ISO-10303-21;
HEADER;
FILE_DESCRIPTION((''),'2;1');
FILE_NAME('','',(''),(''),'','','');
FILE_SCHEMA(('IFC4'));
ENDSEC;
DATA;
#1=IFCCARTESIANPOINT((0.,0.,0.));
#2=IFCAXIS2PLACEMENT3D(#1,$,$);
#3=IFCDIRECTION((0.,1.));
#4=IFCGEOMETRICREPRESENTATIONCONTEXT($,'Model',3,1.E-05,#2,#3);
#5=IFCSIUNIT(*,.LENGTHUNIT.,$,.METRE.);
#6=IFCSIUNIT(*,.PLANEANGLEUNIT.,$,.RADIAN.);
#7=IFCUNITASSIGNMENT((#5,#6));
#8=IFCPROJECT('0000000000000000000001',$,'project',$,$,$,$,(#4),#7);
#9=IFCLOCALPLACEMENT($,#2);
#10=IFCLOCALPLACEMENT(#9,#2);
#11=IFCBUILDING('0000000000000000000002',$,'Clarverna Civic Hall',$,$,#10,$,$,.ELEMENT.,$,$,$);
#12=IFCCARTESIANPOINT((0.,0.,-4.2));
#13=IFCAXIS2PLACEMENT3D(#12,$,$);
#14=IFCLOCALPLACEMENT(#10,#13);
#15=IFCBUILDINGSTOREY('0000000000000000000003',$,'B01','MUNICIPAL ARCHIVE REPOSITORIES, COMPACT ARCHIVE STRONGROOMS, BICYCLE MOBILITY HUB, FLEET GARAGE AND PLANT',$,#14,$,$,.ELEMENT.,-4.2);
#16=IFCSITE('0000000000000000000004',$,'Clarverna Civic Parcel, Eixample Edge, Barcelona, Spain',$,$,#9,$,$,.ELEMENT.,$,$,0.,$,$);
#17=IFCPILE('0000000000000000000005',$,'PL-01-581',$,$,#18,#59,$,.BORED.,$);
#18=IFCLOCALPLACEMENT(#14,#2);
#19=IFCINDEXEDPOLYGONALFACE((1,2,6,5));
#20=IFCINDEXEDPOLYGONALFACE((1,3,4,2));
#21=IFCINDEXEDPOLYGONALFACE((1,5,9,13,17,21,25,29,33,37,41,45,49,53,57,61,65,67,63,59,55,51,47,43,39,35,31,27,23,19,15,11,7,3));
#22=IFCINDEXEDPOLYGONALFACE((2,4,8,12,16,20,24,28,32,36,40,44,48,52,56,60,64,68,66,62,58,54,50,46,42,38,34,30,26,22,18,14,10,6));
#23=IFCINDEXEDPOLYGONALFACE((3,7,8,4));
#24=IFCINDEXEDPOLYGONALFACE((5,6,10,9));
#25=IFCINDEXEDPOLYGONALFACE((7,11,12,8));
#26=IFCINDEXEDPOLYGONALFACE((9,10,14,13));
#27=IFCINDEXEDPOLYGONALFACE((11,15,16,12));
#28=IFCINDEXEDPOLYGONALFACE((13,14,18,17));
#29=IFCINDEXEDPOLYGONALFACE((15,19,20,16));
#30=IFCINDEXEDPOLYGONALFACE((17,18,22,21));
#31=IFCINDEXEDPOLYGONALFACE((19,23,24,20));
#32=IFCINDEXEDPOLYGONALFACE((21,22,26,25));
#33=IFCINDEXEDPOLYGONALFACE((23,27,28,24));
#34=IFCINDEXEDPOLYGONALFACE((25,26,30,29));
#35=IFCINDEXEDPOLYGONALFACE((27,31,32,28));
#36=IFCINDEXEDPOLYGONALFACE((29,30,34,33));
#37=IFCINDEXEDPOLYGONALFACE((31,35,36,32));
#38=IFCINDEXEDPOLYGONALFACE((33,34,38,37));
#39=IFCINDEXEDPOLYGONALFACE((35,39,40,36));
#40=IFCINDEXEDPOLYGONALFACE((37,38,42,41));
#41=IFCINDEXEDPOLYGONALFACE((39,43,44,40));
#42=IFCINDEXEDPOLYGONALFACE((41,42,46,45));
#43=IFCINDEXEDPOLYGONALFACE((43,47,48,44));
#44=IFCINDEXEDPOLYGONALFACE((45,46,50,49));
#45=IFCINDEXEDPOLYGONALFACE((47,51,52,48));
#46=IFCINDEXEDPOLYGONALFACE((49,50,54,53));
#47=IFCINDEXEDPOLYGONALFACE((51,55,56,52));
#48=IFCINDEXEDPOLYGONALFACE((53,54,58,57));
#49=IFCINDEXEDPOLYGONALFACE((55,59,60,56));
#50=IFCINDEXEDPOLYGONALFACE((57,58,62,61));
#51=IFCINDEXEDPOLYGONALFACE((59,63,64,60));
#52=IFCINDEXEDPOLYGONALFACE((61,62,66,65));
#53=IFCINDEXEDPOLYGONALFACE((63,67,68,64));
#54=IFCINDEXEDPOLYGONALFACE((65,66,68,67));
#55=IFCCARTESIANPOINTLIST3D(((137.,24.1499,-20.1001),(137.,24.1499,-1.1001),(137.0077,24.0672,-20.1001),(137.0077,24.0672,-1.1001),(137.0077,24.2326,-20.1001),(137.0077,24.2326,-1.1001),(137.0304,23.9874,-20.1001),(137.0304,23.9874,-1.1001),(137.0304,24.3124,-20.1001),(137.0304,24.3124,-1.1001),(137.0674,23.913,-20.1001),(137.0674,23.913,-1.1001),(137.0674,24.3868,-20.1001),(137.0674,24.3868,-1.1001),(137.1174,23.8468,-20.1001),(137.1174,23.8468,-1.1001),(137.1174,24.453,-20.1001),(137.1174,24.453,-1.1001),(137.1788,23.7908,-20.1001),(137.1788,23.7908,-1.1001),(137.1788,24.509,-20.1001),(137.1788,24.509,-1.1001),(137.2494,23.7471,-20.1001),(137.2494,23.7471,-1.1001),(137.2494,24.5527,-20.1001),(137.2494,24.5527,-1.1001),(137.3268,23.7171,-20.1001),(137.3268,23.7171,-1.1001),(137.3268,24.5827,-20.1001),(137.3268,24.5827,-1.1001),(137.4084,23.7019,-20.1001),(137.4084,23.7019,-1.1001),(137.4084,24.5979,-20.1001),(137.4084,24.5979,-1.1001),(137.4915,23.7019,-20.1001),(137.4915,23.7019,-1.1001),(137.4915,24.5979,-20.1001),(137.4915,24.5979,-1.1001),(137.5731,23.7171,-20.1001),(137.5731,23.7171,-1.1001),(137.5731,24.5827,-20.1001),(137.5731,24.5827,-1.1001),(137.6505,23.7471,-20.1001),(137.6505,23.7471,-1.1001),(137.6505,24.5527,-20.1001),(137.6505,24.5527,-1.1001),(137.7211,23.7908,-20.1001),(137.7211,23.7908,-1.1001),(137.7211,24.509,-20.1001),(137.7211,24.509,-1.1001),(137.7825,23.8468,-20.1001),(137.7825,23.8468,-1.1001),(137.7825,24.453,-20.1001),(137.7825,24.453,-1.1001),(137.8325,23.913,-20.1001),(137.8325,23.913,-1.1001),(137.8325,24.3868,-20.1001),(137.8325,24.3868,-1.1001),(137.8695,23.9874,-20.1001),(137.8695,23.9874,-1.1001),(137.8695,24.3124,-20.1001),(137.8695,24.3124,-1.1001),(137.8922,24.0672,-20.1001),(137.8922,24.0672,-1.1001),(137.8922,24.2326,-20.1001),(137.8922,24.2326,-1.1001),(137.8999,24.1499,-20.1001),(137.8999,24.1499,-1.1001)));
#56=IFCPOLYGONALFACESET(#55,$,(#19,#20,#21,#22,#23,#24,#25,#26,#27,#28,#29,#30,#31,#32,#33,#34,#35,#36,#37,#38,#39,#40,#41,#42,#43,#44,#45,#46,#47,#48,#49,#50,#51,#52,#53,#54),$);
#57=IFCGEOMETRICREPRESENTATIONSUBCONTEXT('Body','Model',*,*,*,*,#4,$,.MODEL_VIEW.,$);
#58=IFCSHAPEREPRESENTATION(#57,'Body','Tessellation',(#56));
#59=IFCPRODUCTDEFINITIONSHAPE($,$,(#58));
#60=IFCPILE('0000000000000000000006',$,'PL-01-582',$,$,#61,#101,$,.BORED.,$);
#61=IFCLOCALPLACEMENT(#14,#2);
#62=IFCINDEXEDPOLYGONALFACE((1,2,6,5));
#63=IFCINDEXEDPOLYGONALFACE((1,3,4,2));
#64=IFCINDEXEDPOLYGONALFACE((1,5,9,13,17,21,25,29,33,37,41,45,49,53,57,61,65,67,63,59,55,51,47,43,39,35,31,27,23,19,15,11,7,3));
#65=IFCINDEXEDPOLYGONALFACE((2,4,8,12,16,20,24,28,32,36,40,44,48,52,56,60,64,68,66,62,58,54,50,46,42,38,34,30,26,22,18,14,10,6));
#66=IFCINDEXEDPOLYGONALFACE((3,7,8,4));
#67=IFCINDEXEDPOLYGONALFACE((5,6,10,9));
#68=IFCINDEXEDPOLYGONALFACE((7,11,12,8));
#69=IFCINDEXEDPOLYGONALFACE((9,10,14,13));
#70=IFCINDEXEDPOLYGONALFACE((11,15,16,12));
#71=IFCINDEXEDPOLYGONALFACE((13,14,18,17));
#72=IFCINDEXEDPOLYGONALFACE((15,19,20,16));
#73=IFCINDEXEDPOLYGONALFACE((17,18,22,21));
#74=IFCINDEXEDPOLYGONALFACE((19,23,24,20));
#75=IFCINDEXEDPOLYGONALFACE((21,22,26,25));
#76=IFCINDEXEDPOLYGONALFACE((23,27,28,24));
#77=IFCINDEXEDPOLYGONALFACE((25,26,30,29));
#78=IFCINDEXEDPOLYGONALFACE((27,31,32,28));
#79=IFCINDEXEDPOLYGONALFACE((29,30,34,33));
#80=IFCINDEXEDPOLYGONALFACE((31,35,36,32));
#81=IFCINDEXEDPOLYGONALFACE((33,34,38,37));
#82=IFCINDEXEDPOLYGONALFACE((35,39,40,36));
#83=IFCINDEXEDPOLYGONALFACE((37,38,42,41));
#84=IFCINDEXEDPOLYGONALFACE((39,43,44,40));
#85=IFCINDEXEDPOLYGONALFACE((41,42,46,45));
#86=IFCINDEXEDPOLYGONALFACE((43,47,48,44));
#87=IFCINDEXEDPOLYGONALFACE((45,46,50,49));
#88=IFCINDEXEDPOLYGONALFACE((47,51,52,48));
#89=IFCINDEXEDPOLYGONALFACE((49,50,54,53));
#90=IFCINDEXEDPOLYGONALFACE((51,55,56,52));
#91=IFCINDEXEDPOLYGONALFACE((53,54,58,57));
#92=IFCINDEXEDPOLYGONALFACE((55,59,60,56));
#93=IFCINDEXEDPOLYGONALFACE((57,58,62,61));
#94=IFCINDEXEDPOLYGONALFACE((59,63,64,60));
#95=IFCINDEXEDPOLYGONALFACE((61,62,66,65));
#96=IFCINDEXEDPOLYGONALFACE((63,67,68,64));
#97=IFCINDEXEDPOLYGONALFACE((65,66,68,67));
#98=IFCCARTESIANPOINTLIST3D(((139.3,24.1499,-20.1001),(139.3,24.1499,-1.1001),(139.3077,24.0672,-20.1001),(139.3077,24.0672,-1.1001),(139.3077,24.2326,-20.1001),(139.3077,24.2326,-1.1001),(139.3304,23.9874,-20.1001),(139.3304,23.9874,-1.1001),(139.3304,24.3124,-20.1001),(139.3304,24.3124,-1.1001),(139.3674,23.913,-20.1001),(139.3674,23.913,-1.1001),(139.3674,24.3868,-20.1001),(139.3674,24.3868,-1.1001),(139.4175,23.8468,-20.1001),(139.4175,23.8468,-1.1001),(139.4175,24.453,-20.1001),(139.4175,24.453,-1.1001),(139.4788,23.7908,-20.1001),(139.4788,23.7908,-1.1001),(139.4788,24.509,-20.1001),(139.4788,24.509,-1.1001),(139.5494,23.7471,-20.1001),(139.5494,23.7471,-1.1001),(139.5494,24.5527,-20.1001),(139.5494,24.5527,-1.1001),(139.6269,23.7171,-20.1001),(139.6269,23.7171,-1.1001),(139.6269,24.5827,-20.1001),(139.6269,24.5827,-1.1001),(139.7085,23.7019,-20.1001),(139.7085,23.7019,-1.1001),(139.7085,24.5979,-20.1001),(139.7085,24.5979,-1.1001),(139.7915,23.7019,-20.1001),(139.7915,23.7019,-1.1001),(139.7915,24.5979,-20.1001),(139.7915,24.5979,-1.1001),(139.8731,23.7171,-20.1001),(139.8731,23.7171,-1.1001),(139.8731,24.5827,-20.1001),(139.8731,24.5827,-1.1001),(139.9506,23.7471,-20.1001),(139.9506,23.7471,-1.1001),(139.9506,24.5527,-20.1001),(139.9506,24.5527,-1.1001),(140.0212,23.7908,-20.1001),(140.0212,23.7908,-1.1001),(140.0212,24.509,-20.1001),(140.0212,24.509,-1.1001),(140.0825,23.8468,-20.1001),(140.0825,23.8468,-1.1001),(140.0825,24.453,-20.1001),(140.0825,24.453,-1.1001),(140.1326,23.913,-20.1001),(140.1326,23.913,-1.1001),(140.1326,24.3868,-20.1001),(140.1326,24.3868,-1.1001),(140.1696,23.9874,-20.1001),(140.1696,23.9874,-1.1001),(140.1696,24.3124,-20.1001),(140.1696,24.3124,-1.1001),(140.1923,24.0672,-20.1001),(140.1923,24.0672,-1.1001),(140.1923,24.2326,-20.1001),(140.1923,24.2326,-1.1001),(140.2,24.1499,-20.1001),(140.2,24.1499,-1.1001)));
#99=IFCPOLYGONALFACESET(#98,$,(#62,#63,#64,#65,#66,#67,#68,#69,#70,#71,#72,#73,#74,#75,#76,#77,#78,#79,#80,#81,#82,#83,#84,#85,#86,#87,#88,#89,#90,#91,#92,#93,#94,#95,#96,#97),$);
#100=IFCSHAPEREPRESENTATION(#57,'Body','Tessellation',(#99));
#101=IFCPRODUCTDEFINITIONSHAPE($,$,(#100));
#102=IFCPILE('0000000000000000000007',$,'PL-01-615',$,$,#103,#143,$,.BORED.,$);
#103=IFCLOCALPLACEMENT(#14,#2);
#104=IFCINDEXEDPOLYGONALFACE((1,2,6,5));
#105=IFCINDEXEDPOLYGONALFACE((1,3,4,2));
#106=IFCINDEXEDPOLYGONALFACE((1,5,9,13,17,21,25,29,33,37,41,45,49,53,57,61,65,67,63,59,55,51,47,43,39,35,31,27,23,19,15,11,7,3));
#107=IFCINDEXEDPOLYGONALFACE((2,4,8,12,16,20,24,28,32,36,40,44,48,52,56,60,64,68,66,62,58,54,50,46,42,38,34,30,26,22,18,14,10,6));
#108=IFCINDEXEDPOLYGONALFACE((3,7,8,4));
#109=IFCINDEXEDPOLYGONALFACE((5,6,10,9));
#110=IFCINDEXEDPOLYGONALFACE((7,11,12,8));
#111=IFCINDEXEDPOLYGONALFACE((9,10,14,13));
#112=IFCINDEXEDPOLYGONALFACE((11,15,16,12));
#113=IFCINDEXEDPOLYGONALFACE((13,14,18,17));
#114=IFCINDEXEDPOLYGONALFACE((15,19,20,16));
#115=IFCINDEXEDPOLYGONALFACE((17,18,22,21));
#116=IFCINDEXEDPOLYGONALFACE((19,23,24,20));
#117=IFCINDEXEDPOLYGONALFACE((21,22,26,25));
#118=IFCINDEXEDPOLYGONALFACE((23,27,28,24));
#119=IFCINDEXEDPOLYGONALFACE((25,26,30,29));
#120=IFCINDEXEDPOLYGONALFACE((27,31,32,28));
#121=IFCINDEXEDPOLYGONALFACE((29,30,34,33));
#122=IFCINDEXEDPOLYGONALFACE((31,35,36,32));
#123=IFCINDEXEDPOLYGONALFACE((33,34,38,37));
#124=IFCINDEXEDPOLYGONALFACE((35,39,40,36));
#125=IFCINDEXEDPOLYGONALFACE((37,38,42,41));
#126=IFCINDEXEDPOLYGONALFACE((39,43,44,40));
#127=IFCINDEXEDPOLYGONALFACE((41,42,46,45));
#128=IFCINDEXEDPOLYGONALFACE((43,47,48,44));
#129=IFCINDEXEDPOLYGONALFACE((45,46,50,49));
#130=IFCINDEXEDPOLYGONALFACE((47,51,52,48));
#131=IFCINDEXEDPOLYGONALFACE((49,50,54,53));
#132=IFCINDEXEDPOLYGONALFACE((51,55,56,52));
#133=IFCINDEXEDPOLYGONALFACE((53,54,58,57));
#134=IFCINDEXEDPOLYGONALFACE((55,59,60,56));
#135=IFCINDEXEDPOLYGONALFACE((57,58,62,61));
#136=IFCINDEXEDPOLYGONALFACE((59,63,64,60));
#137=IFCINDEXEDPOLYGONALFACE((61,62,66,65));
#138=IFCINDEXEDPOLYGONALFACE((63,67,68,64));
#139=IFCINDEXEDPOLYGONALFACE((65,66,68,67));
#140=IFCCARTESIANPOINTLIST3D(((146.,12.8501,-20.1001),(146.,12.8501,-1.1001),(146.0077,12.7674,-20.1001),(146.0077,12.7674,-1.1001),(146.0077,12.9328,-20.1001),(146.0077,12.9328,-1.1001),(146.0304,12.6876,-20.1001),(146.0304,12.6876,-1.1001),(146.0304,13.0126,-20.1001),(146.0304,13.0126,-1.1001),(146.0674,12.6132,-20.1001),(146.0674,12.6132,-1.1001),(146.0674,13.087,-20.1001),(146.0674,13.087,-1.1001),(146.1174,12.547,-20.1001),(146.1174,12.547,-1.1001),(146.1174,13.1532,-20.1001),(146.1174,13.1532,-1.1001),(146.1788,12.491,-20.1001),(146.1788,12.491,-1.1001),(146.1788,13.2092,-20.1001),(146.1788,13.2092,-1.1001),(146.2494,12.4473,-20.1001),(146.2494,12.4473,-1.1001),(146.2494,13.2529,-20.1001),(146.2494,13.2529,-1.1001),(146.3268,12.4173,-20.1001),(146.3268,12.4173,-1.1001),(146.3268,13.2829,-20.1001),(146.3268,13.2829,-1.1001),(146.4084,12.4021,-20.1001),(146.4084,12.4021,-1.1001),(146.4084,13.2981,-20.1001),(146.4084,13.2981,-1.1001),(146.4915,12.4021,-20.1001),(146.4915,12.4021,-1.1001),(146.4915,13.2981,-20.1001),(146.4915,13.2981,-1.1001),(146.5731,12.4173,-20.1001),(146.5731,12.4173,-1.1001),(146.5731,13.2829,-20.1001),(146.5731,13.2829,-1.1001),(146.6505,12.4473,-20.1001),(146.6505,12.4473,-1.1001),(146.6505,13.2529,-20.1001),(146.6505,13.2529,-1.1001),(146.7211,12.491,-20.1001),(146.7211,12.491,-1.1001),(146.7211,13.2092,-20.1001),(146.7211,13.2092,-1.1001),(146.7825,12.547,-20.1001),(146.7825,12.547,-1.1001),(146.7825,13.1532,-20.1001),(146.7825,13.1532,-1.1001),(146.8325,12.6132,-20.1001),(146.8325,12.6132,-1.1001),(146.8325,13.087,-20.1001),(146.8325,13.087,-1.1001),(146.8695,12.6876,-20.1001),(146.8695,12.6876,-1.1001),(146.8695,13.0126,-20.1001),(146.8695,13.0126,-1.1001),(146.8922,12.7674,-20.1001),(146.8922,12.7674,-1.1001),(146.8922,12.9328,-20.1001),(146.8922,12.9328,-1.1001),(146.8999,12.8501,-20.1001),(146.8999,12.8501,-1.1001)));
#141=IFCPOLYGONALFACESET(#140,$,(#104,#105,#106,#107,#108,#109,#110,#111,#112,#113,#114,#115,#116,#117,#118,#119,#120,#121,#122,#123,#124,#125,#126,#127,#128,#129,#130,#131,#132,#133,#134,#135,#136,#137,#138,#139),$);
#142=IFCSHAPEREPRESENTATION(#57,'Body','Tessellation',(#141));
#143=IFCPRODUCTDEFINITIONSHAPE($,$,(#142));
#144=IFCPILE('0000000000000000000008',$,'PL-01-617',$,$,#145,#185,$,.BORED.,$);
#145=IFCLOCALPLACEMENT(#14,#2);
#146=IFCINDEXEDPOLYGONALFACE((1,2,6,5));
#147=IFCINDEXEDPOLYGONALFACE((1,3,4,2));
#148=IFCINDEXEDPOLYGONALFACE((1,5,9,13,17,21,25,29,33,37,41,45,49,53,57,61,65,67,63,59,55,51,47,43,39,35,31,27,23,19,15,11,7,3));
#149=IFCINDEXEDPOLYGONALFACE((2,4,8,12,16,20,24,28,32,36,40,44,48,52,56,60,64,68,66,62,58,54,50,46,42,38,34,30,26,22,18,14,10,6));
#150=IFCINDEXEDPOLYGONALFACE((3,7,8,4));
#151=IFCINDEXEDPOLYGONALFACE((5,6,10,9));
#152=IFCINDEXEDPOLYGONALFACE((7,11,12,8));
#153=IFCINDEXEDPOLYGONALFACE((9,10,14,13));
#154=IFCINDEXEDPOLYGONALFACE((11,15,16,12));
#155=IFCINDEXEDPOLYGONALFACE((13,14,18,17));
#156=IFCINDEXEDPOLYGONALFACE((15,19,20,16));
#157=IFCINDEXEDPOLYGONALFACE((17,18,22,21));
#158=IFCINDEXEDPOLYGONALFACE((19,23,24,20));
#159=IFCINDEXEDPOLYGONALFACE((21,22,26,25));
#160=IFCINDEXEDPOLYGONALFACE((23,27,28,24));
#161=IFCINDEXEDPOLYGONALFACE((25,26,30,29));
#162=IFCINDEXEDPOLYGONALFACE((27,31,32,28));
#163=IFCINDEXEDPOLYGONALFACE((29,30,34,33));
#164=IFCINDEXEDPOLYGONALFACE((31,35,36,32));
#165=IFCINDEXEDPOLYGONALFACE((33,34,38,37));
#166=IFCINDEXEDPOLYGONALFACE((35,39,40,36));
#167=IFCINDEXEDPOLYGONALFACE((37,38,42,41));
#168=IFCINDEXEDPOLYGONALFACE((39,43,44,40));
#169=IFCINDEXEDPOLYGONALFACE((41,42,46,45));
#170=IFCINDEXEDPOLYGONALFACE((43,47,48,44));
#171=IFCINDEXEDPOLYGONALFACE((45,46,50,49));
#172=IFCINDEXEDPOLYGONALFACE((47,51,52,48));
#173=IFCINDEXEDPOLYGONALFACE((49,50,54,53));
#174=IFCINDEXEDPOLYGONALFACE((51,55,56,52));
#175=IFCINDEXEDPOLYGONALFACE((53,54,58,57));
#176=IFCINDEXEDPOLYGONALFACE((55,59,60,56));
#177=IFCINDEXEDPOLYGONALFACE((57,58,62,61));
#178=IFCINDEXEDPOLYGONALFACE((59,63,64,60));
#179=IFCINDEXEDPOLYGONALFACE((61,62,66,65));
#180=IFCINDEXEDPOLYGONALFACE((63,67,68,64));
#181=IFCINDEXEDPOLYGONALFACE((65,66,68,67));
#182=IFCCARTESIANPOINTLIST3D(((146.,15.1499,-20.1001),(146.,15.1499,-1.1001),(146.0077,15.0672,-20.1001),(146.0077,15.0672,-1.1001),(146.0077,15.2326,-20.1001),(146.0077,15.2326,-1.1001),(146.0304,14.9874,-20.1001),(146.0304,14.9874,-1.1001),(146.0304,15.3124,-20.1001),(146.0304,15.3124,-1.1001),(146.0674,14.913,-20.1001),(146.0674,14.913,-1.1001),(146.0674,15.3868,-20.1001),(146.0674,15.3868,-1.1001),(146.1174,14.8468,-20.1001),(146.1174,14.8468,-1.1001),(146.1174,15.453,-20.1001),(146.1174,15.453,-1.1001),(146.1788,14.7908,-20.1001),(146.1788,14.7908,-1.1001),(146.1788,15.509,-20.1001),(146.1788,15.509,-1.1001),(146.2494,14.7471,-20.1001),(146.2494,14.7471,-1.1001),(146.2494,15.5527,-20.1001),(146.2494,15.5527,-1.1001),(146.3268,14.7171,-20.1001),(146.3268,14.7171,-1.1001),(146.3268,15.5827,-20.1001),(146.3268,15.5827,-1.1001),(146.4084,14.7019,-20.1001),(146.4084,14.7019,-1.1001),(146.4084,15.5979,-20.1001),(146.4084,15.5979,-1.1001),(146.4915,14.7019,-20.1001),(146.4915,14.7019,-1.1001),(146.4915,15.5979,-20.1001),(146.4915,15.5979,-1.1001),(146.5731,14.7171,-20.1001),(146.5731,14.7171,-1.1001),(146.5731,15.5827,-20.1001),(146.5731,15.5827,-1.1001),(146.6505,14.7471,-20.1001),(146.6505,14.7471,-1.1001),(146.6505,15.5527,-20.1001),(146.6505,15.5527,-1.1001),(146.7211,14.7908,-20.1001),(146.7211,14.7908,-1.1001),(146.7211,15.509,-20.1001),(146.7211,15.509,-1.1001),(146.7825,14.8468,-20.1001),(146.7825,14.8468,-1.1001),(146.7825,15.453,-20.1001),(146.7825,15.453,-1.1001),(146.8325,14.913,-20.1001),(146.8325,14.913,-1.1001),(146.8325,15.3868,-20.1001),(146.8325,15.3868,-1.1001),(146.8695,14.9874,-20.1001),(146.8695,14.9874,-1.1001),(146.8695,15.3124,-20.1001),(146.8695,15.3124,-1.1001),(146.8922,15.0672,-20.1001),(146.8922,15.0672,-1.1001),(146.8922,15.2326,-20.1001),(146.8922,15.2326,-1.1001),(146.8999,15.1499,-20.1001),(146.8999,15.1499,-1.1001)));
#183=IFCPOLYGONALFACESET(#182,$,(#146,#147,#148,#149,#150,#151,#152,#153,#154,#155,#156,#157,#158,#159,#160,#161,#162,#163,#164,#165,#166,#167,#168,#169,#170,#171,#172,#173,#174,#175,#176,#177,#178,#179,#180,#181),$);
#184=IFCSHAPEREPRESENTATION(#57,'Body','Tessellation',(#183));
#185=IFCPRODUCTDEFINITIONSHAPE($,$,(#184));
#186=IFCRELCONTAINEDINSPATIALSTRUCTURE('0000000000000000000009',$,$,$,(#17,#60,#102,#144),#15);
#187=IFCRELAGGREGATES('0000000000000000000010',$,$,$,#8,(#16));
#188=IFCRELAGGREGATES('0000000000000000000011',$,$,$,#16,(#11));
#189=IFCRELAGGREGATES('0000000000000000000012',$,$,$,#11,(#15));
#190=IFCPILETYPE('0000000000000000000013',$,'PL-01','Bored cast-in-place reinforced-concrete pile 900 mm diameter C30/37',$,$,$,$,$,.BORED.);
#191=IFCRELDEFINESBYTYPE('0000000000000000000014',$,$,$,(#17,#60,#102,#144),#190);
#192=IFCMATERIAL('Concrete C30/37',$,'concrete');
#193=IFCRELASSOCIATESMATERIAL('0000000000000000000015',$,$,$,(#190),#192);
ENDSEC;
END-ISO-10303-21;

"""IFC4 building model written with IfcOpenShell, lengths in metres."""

from ifc_helpers import new_model, si_unit, direction, frame, origin, origin_2d, place, context, subcontext, project, spatial, circle, extrude, material, material_profile, profile_set, type_object, element, save


model = new_model("IFC4")

# Units and contexts
model_context = context("Model", 3, precision=1e-05, world=origin(), true_north=direction((0.0, 1.0)))
body_context = subcontext(model_context, "Body", "Model", "MODEL_VIEW")
ifc_project = project(units=[si_unit("LENGTHUNIT", "METRE"), si_unit("PLANEANGLEUNIT", "RADIAN")], contexts=[model_context])

# Site, building, storey
site_placement = place(None, origin())
site = spatial("IfcSite", under=ifc_project, at=site_placement, Name="Clarverna Civic Parcel, Eixample Edge, Barcelona, Spain", CompositionType="ELEMENT", RefElevation=0.0)
building_placement = place(site_placement, origin())
building = spatial("IfcBuilding", under=site, at=building_placement, Name="Clarverna Civic Hall", CompositionType="ELEMENT")
storey_placement = place(building_placement, frame((0.0, 0.0, -4.2)))
storey = spatial("IfcBuildingStorey", under=building, at=storey_placement, Name="B01", Description="MUNICIPAL ARCHIVE REPOSITORIES, COMPACT ARCHIVE STRONGROOMS, BICYCLE MOBILITY HUB, FLEET GARAGE AND PLANT", CompositionType="ELEMENT", Elevation=-4.2)

# Shared definitions
ifc_material_1 = material(Name="Concrete C30/37", Category="concrete")

# Piles
ifc_material_profile_1 = material_profile(ifc_material_1, circle(Radius=0.45, at=origin_2d()), Name="BORED PILE D900")
ifc_profile_set_1 = profile_set([ifc_material_profile_1], Name="Concrete C30/37")
pile_type = type_object("IfcPileType", Name="PL-01", Description="Bored cast-in-place reinforced-concrete pile 900 mm diameter C30/37", PredefinedType="BORED", material=ifc_profile_set_1)
for number, where, z_axis, x_axis, name in (
    (1, (137.45, 24.1499, -1.1001), (0.0, 0.0, -1.0), (1.0, 0.0, 0.0), "PL-01-581"),
    (2, (139.75, 24.1499, -1.1001), (0.0, 0.0, -1.0), (1.0, 0.0, 0.0), "PL-01-582"),
    (3, (146.45, 12.8501, -1.1001), (0.0, 0.0, -1.0), (1.0, 0.0, 0.0), "PL-01-615"),
    (4, (146.45, 15.1499, -1.1001), (0.0, 0.0, -1.0), (1.0, 0.0, 0.0), "PL-01-617"),
):
    element("IfcPile", number, at=place(storey_placement, frame(where, z_axis=z_axis, x_axis=x_axis)), inside=storey, type_object=pile_type, Name=name, PredefinedType="BORED", context=body_context, shape_type="SweptSolid", body=[
        extrude(circle(Radius=0.45, at=origin_2d()), origin(), (0.0, 0.0, 1.0), 19.0),
    ])

save(model, "model.ifc")
